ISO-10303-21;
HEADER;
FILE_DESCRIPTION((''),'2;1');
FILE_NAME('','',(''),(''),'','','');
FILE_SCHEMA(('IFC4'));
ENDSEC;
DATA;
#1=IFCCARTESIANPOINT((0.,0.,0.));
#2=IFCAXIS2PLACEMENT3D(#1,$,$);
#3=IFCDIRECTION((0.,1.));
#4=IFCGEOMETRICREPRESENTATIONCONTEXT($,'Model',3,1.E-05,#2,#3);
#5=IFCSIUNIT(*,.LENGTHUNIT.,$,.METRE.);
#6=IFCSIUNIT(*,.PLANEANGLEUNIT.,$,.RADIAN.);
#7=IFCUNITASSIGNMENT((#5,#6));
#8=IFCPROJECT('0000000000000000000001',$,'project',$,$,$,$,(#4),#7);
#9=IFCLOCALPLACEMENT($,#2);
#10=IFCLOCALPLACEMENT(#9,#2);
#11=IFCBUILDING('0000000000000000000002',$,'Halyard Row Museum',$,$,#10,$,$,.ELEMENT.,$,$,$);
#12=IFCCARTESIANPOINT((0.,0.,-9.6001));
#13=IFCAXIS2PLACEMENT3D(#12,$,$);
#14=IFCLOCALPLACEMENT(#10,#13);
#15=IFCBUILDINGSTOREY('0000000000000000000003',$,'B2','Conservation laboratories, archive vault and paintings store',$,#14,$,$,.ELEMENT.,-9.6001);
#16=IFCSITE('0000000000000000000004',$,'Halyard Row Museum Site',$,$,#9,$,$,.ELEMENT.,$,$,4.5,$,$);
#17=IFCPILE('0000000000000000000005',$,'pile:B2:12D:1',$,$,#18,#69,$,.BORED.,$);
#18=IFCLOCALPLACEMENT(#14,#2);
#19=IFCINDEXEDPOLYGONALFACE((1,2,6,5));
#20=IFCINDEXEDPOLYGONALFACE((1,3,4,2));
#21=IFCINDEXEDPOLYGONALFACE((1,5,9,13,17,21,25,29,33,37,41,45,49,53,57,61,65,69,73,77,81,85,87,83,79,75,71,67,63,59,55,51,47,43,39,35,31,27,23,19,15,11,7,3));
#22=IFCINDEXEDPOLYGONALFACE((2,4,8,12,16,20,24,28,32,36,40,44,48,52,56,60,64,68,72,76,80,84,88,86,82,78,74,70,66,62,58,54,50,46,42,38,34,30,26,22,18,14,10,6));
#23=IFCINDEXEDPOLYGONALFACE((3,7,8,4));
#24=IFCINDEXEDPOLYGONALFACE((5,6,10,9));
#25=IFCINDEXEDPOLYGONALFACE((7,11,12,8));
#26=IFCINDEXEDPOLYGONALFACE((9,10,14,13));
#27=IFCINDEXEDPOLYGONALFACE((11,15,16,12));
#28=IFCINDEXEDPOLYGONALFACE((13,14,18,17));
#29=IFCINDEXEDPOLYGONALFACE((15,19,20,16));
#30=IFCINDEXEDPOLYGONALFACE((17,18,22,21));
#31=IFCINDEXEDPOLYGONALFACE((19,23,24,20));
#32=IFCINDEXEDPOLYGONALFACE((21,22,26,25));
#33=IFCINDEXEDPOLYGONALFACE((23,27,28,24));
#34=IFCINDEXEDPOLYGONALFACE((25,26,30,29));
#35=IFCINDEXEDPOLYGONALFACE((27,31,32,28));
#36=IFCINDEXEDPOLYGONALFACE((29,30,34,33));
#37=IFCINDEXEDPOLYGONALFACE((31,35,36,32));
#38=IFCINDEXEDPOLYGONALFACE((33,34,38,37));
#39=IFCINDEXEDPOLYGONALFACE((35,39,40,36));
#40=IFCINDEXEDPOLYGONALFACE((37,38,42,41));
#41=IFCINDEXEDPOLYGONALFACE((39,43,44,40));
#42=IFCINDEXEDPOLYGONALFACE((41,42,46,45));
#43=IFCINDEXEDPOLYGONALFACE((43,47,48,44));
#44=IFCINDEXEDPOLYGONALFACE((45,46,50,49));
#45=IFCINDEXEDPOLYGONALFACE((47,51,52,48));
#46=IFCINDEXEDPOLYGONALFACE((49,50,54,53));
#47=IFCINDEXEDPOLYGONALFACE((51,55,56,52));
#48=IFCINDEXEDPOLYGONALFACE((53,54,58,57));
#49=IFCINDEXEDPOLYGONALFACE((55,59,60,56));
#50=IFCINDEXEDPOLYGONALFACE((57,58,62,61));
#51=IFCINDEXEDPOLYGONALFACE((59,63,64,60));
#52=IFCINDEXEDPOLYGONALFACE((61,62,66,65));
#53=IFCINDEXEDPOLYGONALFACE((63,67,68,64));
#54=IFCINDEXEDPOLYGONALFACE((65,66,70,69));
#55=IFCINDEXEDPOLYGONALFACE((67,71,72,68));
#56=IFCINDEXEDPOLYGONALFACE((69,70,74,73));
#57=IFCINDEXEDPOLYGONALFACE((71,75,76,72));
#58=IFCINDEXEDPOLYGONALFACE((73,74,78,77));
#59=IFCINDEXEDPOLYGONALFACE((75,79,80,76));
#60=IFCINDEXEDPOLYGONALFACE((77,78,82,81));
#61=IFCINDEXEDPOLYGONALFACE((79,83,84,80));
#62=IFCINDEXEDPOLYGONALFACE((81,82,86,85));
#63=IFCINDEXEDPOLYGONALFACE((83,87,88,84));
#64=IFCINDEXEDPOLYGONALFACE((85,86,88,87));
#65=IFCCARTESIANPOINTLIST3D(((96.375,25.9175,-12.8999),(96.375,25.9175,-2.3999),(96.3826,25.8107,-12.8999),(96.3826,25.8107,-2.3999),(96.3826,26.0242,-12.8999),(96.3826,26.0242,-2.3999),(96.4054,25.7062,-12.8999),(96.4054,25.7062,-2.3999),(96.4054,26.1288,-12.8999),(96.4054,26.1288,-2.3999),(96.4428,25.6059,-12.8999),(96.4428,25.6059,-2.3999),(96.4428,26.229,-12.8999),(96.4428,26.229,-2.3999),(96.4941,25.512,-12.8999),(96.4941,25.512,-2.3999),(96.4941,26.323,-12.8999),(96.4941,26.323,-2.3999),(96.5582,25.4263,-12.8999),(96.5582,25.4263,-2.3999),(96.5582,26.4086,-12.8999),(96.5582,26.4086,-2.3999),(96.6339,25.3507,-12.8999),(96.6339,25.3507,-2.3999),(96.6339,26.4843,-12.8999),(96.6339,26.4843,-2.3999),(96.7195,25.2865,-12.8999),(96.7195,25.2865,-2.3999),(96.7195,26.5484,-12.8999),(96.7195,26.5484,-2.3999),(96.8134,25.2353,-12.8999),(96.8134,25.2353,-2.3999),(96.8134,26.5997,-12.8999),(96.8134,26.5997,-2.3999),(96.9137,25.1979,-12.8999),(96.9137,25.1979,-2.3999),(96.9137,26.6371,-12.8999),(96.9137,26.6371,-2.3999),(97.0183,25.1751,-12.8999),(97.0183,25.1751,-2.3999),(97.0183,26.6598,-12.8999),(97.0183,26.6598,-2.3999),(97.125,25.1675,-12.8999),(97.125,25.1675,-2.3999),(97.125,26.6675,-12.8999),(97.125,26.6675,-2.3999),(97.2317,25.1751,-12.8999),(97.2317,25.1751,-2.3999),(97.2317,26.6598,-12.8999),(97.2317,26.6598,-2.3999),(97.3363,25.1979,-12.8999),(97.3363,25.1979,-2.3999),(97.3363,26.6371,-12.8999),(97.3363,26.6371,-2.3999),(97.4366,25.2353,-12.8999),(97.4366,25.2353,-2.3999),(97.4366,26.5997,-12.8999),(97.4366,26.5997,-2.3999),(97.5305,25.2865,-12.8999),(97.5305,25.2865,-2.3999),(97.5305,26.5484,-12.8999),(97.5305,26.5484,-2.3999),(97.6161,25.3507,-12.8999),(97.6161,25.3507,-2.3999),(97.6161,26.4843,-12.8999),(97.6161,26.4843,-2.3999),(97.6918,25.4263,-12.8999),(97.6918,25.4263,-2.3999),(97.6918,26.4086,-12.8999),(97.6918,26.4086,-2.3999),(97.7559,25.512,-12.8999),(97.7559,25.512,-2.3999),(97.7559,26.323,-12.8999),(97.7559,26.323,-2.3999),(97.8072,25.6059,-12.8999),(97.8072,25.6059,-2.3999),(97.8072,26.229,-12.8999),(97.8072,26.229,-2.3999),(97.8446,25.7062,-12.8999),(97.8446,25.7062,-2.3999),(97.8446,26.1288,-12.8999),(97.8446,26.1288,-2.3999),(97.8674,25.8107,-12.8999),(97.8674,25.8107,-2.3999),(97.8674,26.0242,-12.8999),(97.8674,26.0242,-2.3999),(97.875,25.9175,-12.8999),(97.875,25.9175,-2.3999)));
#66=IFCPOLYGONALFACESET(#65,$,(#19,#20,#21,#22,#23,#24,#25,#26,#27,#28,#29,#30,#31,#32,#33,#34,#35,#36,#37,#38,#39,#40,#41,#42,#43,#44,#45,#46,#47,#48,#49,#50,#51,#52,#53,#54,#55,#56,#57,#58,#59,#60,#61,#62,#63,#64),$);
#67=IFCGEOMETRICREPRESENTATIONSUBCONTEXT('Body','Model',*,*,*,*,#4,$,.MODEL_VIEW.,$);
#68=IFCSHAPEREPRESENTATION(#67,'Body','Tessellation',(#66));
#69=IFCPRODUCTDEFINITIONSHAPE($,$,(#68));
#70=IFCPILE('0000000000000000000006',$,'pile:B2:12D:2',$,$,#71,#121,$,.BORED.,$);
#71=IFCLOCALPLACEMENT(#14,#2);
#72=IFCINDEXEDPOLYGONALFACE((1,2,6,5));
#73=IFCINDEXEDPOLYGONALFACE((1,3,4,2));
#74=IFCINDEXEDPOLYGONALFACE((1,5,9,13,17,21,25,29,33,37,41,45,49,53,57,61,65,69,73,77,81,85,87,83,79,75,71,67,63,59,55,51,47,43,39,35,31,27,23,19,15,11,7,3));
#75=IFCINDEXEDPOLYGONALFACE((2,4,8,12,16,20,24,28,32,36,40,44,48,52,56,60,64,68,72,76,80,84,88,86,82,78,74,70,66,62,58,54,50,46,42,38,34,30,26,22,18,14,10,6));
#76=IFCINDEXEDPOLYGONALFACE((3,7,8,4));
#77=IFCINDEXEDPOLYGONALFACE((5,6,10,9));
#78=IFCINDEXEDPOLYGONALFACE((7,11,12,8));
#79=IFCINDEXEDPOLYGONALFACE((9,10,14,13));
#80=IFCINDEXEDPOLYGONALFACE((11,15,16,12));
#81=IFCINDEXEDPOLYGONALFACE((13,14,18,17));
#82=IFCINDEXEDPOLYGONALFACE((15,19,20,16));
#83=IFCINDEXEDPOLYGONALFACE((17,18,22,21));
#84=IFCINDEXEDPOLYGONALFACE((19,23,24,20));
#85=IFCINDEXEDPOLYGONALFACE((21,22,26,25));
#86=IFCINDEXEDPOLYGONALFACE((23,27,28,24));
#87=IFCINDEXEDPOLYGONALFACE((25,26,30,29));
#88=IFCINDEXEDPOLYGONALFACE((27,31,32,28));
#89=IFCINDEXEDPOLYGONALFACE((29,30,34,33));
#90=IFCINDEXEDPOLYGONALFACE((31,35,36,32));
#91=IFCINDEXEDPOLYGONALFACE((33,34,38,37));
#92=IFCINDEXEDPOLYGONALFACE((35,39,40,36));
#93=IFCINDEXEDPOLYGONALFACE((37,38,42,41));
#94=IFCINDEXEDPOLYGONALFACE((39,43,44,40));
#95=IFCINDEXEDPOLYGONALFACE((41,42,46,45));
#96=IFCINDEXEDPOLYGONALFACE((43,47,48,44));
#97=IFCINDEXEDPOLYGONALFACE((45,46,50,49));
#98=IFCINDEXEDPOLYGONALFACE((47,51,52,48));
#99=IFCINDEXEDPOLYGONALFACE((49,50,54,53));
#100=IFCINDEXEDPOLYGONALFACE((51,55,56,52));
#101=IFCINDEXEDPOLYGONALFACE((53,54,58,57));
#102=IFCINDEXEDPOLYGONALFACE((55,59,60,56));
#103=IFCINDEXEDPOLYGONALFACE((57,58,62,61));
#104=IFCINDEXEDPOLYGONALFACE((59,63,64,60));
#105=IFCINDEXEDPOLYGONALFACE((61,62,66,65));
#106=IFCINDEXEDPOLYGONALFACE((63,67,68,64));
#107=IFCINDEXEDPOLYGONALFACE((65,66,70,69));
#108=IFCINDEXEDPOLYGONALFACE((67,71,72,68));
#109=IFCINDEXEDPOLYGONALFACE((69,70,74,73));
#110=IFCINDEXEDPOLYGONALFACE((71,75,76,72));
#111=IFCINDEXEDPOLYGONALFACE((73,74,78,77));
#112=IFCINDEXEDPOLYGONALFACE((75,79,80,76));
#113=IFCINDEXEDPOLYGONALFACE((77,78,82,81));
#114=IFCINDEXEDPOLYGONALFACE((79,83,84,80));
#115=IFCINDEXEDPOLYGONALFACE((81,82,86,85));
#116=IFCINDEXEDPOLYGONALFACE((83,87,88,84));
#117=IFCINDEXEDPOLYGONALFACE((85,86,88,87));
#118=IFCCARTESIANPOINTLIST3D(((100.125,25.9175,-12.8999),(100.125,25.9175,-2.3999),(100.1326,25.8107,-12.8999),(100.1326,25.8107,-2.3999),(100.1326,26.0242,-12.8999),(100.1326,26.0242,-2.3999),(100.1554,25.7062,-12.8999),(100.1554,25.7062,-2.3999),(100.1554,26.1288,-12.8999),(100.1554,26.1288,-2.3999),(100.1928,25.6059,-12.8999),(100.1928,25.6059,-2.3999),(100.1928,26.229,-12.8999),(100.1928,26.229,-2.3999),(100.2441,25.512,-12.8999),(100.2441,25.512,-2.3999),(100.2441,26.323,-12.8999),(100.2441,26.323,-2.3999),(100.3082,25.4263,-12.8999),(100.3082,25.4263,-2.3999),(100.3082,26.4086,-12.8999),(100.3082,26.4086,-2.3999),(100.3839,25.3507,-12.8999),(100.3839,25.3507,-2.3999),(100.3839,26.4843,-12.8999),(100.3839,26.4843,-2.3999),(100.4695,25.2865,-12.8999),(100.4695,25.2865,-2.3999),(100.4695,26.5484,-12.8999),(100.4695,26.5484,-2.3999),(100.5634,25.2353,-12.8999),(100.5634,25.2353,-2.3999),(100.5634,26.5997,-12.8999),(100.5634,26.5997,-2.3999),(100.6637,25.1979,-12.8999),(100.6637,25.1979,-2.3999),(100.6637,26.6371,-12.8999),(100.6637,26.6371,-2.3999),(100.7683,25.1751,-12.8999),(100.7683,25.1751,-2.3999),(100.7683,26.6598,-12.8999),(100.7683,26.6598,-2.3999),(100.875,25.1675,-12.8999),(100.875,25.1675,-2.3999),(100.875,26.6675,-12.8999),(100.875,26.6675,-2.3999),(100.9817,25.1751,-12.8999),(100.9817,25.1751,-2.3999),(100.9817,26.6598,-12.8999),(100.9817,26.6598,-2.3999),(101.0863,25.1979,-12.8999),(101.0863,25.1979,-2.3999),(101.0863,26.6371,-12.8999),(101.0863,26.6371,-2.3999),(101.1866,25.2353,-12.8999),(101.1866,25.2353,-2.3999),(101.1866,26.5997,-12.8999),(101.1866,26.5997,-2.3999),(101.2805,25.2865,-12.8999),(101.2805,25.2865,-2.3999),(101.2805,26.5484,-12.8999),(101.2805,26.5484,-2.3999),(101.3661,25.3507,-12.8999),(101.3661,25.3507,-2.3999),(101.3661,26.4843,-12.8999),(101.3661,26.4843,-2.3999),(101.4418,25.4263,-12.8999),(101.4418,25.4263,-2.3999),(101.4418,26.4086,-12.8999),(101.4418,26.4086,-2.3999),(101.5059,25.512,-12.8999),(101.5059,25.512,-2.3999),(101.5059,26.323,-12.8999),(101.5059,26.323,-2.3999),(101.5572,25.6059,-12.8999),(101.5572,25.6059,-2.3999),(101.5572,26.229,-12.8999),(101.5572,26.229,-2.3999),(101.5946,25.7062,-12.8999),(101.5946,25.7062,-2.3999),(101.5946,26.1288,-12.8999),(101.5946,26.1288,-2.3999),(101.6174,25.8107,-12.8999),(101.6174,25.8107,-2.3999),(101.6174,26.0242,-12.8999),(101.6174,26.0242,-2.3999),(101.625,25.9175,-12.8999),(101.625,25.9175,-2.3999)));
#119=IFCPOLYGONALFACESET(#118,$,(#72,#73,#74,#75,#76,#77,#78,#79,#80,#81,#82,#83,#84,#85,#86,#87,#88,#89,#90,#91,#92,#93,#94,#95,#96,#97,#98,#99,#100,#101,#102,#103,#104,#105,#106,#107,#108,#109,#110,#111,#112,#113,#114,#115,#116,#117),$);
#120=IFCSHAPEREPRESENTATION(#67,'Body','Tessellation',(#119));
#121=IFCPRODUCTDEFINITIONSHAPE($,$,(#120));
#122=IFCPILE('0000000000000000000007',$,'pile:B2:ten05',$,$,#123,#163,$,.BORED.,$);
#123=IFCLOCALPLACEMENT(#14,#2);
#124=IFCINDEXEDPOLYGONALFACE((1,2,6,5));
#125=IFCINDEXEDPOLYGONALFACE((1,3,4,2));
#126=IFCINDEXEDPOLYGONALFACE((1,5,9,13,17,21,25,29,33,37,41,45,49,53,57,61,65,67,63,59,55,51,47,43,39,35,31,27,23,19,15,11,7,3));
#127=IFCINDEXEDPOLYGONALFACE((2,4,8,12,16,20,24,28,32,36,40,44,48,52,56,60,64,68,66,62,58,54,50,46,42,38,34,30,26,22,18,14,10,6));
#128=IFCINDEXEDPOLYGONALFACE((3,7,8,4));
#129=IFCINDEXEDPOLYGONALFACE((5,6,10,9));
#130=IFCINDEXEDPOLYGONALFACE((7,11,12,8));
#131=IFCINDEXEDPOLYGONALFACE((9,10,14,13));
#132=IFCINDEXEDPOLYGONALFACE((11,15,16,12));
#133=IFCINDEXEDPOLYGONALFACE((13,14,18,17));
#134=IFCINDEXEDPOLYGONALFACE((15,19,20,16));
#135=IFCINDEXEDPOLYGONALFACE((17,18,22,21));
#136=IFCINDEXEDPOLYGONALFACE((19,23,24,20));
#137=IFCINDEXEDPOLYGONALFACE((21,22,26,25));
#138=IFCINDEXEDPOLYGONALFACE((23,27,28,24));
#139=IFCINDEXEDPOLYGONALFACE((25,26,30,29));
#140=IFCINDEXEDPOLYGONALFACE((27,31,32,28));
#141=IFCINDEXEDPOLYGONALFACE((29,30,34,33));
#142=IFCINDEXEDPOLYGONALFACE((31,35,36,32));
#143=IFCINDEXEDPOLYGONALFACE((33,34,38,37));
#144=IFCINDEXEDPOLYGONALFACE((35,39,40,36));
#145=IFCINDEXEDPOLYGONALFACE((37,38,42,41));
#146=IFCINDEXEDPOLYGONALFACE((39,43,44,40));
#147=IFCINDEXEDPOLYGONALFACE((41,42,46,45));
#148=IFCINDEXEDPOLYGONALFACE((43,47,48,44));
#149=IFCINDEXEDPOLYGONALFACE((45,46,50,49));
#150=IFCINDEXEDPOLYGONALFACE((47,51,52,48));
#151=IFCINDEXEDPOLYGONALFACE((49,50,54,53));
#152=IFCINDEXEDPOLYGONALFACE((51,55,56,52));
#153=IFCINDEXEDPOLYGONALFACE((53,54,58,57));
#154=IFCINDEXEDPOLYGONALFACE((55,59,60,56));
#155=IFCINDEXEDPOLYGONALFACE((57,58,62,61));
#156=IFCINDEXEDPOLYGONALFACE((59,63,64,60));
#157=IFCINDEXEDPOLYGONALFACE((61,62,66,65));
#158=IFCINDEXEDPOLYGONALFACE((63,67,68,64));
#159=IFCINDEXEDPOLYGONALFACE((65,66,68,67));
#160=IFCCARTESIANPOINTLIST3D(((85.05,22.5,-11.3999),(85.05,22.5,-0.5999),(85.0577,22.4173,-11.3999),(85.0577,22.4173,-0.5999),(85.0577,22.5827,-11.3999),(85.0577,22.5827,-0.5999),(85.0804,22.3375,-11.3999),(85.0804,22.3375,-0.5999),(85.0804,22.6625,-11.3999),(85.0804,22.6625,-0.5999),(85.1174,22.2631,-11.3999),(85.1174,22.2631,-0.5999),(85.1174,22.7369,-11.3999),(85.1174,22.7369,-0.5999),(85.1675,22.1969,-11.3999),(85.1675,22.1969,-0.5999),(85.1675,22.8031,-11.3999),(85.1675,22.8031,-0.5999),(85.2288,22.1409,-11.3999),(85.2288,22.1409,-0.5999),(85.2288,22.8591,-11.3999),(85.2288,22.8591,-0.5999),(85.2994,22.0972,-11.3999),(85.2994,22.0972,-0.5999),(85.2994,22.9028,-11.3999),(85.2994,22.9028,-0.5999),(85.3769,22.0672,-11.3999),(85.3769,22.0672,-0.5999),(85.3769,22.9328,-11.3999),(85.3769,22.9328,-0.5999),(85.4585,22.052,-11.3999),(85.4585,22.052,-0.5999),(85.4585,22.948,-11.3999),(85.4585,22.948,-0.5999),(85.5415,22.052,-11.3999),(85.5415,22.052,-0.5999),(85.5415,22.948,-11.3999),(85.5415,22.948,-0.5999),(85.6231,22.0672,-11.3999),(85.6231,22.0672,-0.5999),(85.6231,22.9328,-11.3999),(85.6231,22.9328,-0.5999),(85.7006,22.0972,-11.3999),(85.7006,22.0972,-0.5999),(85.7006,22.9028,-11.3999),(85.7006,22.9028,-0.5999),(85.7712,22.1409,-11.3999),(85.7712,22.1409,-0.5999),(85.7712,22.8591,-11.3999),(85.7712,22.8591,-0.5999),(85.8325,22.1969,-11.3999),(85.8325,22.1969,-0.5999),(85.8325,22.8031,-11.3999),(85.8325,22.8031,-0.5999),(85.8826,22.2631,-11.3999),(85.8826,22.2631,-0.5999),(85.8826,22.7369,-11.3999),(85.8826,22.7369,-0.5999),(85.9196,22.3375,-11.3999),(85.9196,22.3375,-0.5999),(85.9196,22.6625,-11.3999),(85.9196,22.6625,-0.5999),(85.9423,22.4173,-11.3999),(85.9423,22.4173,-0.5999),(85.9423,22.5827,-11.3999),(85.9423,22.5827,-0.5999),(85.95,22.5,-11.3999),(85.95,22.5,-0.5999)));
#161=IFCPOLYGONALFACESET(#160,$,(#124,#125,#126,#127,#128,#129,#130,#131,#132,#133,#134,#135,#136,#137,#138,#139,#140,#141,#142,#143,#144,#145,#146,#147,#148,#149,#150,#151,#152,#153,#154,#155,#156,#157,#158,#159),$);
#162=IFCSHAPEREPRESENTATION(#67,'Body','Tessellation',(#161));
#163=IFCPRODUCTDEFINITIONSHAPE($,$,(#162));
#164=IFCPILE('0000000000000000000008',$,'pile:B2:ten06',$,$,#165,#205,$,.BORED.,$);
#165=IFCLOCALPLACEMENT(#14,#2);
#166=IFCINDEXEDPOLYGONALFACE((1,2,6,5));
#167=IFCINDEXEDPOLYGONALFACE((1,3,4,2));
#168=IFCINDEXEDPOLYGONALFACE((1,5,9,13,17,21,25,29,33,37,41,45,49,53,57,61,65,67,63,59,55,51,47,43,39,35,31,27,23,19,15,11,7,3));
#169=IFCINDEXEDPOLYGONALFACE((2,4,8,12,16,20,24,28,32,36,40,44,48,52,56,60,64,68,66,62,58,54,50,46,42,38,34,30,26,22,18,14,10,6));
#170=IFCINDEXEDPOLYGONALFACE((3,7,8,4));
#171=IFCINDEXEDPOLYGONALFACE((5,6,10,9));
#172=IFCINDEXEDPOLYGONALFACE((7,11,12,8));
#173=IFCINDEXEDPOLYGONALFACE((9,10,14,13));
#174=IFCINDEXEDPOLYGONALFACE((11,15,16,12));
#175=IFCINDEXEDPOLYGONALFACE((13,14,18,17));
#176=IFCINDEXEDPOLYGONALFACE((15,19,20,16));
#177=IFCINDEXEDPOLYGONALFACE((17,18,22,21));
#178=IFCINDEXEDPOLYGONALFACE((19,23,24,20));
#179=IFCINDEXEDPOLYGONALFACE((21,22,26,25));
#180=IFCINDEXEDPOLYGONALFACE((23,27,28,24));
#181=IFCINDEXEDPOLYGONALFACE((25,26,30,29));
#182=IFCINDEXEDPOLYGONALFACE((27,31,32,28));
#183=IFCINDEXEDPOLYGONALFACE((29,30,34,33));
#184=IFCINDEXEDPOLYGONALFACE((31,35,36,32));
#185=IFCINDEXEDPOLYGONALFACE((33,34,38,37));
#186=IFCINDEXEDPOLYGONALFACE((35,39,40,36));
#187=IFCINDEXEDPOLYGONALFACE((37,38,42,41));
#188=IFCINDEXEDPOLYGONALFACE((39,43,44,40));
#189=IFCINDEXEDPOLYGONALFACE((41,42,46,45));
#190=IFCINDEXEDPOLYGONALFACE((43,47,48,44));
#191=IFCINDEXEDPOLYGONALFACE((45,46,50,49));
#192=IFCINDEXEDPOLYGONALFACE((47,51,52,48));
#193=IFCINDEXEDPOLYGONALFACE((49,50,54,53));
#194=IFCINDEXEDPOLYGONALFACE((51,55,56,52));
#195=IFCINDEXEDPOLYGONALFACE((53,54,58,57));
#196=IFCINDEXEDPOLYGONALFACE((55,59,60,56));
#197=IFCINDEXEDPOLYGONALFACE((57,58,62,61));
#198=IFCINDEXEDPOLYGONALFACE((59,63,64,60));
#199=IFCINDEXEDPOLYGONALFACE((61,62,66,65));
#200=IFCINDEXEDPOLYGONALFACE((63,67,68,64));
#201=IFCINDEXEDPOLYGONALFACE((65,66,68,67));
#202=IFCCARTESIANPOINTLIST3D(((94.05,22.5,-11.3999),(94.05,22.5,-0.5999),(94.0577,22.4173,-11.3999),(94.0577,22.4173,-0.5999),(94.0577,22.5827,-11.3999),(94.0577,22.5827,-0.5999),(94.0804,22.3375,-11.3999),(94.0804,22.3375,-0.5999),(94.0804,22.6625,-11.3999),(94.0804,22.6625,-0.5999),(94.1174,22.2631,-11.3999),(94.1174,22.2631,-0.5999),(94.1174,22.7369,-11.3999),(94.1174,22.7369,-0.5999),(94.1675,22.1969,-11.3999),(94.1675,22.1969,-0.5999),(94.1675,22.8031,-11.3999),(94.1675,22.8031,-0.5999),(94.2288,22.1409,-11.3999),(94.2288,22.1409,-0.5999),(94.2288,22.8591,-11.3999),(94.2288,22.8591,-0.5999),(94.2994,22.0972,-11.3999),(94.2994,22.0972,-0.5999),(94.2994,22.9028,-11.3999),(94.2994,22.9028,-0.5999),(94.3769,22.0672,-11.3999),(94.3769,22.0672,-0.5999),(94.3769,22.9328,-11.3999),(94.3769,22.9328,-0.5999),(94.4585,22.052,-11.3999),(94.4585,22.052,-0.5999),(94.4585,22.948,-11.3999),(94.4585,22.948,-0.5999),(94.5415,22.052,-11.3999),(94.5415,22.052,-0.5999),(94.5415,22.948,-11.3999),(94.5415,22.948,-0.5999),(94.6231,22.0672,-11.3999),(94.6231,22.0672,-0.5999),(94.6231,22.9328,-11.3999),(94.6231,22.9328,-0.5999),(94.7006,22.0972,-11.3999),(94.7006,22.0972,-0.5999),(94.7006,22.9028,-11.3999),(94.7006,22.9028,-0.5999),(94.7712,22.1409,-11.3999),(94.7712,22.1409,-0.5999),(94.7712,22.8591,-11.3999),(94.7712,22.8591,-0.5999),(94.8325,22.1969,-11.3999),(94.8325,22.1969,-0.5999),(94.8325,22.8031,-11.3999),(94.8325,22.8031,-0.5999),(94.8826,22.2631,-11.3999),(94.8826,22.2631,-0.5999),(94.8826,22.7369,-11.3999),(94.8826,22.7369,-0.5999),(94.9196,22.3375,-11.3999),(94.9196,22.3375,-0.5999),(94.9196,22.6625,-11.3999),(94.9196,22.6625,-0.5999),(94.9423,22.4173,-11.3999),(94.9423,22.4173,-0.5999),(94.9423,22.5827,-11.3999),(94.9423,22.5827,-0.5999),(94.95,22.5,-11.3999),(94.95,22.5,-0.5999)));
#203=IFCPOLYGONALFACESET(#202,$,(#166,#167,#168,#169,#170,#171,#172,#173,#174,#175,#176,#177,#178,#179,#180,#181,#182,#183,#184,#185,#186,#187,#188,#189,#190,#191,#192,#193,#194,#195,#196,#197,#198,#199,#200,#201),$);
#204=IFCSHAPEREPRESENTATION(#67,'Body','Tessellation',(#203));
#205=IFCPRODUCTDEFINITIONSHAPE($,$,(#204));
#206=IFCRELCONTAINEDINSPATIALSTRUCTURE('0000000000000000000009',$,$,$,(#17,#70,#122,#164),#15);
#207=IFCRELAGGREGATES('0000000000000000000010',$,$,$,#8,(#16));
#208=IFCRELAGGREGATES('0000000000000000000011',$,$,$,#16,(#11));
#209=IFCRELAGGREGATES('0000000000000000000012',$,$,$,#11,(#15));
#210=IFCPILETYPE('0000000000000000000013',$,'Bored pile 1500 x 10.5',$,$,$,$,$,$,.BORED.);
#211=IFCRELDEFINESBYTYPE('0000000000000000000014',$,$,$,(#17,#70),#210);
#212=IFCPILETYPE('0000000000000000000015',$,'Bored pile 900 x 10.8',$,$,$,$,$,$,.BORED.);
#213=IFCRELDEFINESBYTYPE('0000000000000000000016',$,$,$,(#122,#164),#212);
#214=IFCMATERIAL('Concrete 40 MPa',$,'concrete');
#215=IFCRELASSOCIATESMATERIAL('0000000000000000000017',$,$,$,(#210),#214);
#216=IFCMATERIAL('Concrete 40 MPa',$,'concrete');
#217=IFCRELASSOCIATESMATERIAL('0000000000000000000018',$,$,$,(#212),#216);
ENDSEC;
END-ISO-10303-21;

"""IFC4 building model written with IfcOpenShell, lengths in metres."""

from ifc_helpers import new_model, si_unit, direction, frame, origin, origin_2d, place, context, subcontext, project, spatial, circle, extrude, material, material_profile, profile_set, type_object, element, save


model = new_model("IFC4")

# Units and contexts
model_context = context("Model", 3, precision=1e-05, world=origin(), true_north=direction((0.0, 1.0)))
body_context = subcontext(model_context, "Body", "Model", "MODEL_VIEW")
ifc_project = project(units=[si_unit("LENGTHUNIT", "METRE"), si_unit("PLANEANGLEUNIT", "RADIAN")], contexts=[model_context])

# Site, building, storey
site_placement = place(None, origin())
site = spatial("IfcSite", under=ifc_project, at=site_placement, Name="Halyard Row Museum Site", CompositionType="ELEMENT", RefElevation=4.5)
building_placement = place(site_placement, origin())
building = spatial("IfcBuilding", under=site, at=building_placement, Name="Halyard Row Museum", CompositionType="ELEMENT")
storey_placement = place(building_placement, frame((0.0, 0.0, -9.6001)))
storey = spatial("IfcBuildingStorey", under=building, at=storey_placement, Name="B2", Description="Conservation laboratories, archive vault and paintings store", CompositionType="ELEMENT", Elevation=-9.6001)

# Piles
ifc_material_1 = material(Name="Concrete 40 MPa", Category="concrete")
ifc_material_profile_1 = material_profile(ifc_material_1, circle(Radius=0.75, at=origin_2d()), Name="Bored pile 1500 x 10.5")
ifc_profile_set_1 = profile_set([ifc_material_profile_1], Name="Concrete 40 MPa")
pile_type_1 = type_object("IfcPileType", Name="Bored pile 1500 x 10.5", PredefinedType="BORED", material=ifc_profile_set_1)
for number, where, z_axis, x_axis, name in (
    (1, (97.125, 25.9175, -2.3999), (0.0, 0.0, -1.0), (1.0, 0.0, 0.0), "pile:B2:12D:1"),
    (2, (100.875, 25.9175, -2.3999), (0.0, 0.0, -1.0), (1.0, 0.0, 0.0), "pile:B2:12D:2"),
):
    element("IfcPile", number, at=place(storey_placement, frame(where, z_axis=z_axis, x_axis=x_axis)), inside=storey, type_object=pile_type_1, Name=name, PredefinedType="BORED", context=body_context, shape_type="SweptSolid", body=[
        extrude(circle(Radius=0.75, at=origin_2d()), origin(), (0.0, 0.0, 1.0), 10.5),
    ])
ifc_material_2 = material(Name="Concrete 40 MPa", Category="concrete")
ifc_material_profile_2 = material_profile(ifc_material_2, circle(Radius=0.45, at=origin_2d()), Name="Bored pile 900 x 10.8")
ifc_profile_set_2 = profile_set([ifc_material_profile_2], Name="Concrete 40 MPa")
pile_type_2 = type_object("IfcPileType", Name="Bored pile 900 x 10.8", PredefinedType="BORED", material=ifc_profile_set_2)
for number, where, z_axis, x_axis, name in (
    (3, (85.5, 22.5, -0.5999), (0.0, 0.0, -1.0), (1.0, 0.0, 0.0), "pile:B2:ten05"),
    (4, (94.5, 22.5, -0.5999), (0.0, 0.0, -1.0), (1.0, 0.0, 0.0), "pile:B2:ten06"),
):
    element("IfcPile", number, at=place(storey_placement, frame(where, z_axis=z_axis, x_axis=x_axis)), inside=storey, type_object=pile_type_2, Name=name, PredefinedType="BORED", context=body_context, shape_type="SweptSolid", body=[
        extrude(circle(Radius=0.45, at=origin_2d()), origin(), (0.0, 0.0, 1.0), 10.8),
    ])

save(model, "model.ifc")
